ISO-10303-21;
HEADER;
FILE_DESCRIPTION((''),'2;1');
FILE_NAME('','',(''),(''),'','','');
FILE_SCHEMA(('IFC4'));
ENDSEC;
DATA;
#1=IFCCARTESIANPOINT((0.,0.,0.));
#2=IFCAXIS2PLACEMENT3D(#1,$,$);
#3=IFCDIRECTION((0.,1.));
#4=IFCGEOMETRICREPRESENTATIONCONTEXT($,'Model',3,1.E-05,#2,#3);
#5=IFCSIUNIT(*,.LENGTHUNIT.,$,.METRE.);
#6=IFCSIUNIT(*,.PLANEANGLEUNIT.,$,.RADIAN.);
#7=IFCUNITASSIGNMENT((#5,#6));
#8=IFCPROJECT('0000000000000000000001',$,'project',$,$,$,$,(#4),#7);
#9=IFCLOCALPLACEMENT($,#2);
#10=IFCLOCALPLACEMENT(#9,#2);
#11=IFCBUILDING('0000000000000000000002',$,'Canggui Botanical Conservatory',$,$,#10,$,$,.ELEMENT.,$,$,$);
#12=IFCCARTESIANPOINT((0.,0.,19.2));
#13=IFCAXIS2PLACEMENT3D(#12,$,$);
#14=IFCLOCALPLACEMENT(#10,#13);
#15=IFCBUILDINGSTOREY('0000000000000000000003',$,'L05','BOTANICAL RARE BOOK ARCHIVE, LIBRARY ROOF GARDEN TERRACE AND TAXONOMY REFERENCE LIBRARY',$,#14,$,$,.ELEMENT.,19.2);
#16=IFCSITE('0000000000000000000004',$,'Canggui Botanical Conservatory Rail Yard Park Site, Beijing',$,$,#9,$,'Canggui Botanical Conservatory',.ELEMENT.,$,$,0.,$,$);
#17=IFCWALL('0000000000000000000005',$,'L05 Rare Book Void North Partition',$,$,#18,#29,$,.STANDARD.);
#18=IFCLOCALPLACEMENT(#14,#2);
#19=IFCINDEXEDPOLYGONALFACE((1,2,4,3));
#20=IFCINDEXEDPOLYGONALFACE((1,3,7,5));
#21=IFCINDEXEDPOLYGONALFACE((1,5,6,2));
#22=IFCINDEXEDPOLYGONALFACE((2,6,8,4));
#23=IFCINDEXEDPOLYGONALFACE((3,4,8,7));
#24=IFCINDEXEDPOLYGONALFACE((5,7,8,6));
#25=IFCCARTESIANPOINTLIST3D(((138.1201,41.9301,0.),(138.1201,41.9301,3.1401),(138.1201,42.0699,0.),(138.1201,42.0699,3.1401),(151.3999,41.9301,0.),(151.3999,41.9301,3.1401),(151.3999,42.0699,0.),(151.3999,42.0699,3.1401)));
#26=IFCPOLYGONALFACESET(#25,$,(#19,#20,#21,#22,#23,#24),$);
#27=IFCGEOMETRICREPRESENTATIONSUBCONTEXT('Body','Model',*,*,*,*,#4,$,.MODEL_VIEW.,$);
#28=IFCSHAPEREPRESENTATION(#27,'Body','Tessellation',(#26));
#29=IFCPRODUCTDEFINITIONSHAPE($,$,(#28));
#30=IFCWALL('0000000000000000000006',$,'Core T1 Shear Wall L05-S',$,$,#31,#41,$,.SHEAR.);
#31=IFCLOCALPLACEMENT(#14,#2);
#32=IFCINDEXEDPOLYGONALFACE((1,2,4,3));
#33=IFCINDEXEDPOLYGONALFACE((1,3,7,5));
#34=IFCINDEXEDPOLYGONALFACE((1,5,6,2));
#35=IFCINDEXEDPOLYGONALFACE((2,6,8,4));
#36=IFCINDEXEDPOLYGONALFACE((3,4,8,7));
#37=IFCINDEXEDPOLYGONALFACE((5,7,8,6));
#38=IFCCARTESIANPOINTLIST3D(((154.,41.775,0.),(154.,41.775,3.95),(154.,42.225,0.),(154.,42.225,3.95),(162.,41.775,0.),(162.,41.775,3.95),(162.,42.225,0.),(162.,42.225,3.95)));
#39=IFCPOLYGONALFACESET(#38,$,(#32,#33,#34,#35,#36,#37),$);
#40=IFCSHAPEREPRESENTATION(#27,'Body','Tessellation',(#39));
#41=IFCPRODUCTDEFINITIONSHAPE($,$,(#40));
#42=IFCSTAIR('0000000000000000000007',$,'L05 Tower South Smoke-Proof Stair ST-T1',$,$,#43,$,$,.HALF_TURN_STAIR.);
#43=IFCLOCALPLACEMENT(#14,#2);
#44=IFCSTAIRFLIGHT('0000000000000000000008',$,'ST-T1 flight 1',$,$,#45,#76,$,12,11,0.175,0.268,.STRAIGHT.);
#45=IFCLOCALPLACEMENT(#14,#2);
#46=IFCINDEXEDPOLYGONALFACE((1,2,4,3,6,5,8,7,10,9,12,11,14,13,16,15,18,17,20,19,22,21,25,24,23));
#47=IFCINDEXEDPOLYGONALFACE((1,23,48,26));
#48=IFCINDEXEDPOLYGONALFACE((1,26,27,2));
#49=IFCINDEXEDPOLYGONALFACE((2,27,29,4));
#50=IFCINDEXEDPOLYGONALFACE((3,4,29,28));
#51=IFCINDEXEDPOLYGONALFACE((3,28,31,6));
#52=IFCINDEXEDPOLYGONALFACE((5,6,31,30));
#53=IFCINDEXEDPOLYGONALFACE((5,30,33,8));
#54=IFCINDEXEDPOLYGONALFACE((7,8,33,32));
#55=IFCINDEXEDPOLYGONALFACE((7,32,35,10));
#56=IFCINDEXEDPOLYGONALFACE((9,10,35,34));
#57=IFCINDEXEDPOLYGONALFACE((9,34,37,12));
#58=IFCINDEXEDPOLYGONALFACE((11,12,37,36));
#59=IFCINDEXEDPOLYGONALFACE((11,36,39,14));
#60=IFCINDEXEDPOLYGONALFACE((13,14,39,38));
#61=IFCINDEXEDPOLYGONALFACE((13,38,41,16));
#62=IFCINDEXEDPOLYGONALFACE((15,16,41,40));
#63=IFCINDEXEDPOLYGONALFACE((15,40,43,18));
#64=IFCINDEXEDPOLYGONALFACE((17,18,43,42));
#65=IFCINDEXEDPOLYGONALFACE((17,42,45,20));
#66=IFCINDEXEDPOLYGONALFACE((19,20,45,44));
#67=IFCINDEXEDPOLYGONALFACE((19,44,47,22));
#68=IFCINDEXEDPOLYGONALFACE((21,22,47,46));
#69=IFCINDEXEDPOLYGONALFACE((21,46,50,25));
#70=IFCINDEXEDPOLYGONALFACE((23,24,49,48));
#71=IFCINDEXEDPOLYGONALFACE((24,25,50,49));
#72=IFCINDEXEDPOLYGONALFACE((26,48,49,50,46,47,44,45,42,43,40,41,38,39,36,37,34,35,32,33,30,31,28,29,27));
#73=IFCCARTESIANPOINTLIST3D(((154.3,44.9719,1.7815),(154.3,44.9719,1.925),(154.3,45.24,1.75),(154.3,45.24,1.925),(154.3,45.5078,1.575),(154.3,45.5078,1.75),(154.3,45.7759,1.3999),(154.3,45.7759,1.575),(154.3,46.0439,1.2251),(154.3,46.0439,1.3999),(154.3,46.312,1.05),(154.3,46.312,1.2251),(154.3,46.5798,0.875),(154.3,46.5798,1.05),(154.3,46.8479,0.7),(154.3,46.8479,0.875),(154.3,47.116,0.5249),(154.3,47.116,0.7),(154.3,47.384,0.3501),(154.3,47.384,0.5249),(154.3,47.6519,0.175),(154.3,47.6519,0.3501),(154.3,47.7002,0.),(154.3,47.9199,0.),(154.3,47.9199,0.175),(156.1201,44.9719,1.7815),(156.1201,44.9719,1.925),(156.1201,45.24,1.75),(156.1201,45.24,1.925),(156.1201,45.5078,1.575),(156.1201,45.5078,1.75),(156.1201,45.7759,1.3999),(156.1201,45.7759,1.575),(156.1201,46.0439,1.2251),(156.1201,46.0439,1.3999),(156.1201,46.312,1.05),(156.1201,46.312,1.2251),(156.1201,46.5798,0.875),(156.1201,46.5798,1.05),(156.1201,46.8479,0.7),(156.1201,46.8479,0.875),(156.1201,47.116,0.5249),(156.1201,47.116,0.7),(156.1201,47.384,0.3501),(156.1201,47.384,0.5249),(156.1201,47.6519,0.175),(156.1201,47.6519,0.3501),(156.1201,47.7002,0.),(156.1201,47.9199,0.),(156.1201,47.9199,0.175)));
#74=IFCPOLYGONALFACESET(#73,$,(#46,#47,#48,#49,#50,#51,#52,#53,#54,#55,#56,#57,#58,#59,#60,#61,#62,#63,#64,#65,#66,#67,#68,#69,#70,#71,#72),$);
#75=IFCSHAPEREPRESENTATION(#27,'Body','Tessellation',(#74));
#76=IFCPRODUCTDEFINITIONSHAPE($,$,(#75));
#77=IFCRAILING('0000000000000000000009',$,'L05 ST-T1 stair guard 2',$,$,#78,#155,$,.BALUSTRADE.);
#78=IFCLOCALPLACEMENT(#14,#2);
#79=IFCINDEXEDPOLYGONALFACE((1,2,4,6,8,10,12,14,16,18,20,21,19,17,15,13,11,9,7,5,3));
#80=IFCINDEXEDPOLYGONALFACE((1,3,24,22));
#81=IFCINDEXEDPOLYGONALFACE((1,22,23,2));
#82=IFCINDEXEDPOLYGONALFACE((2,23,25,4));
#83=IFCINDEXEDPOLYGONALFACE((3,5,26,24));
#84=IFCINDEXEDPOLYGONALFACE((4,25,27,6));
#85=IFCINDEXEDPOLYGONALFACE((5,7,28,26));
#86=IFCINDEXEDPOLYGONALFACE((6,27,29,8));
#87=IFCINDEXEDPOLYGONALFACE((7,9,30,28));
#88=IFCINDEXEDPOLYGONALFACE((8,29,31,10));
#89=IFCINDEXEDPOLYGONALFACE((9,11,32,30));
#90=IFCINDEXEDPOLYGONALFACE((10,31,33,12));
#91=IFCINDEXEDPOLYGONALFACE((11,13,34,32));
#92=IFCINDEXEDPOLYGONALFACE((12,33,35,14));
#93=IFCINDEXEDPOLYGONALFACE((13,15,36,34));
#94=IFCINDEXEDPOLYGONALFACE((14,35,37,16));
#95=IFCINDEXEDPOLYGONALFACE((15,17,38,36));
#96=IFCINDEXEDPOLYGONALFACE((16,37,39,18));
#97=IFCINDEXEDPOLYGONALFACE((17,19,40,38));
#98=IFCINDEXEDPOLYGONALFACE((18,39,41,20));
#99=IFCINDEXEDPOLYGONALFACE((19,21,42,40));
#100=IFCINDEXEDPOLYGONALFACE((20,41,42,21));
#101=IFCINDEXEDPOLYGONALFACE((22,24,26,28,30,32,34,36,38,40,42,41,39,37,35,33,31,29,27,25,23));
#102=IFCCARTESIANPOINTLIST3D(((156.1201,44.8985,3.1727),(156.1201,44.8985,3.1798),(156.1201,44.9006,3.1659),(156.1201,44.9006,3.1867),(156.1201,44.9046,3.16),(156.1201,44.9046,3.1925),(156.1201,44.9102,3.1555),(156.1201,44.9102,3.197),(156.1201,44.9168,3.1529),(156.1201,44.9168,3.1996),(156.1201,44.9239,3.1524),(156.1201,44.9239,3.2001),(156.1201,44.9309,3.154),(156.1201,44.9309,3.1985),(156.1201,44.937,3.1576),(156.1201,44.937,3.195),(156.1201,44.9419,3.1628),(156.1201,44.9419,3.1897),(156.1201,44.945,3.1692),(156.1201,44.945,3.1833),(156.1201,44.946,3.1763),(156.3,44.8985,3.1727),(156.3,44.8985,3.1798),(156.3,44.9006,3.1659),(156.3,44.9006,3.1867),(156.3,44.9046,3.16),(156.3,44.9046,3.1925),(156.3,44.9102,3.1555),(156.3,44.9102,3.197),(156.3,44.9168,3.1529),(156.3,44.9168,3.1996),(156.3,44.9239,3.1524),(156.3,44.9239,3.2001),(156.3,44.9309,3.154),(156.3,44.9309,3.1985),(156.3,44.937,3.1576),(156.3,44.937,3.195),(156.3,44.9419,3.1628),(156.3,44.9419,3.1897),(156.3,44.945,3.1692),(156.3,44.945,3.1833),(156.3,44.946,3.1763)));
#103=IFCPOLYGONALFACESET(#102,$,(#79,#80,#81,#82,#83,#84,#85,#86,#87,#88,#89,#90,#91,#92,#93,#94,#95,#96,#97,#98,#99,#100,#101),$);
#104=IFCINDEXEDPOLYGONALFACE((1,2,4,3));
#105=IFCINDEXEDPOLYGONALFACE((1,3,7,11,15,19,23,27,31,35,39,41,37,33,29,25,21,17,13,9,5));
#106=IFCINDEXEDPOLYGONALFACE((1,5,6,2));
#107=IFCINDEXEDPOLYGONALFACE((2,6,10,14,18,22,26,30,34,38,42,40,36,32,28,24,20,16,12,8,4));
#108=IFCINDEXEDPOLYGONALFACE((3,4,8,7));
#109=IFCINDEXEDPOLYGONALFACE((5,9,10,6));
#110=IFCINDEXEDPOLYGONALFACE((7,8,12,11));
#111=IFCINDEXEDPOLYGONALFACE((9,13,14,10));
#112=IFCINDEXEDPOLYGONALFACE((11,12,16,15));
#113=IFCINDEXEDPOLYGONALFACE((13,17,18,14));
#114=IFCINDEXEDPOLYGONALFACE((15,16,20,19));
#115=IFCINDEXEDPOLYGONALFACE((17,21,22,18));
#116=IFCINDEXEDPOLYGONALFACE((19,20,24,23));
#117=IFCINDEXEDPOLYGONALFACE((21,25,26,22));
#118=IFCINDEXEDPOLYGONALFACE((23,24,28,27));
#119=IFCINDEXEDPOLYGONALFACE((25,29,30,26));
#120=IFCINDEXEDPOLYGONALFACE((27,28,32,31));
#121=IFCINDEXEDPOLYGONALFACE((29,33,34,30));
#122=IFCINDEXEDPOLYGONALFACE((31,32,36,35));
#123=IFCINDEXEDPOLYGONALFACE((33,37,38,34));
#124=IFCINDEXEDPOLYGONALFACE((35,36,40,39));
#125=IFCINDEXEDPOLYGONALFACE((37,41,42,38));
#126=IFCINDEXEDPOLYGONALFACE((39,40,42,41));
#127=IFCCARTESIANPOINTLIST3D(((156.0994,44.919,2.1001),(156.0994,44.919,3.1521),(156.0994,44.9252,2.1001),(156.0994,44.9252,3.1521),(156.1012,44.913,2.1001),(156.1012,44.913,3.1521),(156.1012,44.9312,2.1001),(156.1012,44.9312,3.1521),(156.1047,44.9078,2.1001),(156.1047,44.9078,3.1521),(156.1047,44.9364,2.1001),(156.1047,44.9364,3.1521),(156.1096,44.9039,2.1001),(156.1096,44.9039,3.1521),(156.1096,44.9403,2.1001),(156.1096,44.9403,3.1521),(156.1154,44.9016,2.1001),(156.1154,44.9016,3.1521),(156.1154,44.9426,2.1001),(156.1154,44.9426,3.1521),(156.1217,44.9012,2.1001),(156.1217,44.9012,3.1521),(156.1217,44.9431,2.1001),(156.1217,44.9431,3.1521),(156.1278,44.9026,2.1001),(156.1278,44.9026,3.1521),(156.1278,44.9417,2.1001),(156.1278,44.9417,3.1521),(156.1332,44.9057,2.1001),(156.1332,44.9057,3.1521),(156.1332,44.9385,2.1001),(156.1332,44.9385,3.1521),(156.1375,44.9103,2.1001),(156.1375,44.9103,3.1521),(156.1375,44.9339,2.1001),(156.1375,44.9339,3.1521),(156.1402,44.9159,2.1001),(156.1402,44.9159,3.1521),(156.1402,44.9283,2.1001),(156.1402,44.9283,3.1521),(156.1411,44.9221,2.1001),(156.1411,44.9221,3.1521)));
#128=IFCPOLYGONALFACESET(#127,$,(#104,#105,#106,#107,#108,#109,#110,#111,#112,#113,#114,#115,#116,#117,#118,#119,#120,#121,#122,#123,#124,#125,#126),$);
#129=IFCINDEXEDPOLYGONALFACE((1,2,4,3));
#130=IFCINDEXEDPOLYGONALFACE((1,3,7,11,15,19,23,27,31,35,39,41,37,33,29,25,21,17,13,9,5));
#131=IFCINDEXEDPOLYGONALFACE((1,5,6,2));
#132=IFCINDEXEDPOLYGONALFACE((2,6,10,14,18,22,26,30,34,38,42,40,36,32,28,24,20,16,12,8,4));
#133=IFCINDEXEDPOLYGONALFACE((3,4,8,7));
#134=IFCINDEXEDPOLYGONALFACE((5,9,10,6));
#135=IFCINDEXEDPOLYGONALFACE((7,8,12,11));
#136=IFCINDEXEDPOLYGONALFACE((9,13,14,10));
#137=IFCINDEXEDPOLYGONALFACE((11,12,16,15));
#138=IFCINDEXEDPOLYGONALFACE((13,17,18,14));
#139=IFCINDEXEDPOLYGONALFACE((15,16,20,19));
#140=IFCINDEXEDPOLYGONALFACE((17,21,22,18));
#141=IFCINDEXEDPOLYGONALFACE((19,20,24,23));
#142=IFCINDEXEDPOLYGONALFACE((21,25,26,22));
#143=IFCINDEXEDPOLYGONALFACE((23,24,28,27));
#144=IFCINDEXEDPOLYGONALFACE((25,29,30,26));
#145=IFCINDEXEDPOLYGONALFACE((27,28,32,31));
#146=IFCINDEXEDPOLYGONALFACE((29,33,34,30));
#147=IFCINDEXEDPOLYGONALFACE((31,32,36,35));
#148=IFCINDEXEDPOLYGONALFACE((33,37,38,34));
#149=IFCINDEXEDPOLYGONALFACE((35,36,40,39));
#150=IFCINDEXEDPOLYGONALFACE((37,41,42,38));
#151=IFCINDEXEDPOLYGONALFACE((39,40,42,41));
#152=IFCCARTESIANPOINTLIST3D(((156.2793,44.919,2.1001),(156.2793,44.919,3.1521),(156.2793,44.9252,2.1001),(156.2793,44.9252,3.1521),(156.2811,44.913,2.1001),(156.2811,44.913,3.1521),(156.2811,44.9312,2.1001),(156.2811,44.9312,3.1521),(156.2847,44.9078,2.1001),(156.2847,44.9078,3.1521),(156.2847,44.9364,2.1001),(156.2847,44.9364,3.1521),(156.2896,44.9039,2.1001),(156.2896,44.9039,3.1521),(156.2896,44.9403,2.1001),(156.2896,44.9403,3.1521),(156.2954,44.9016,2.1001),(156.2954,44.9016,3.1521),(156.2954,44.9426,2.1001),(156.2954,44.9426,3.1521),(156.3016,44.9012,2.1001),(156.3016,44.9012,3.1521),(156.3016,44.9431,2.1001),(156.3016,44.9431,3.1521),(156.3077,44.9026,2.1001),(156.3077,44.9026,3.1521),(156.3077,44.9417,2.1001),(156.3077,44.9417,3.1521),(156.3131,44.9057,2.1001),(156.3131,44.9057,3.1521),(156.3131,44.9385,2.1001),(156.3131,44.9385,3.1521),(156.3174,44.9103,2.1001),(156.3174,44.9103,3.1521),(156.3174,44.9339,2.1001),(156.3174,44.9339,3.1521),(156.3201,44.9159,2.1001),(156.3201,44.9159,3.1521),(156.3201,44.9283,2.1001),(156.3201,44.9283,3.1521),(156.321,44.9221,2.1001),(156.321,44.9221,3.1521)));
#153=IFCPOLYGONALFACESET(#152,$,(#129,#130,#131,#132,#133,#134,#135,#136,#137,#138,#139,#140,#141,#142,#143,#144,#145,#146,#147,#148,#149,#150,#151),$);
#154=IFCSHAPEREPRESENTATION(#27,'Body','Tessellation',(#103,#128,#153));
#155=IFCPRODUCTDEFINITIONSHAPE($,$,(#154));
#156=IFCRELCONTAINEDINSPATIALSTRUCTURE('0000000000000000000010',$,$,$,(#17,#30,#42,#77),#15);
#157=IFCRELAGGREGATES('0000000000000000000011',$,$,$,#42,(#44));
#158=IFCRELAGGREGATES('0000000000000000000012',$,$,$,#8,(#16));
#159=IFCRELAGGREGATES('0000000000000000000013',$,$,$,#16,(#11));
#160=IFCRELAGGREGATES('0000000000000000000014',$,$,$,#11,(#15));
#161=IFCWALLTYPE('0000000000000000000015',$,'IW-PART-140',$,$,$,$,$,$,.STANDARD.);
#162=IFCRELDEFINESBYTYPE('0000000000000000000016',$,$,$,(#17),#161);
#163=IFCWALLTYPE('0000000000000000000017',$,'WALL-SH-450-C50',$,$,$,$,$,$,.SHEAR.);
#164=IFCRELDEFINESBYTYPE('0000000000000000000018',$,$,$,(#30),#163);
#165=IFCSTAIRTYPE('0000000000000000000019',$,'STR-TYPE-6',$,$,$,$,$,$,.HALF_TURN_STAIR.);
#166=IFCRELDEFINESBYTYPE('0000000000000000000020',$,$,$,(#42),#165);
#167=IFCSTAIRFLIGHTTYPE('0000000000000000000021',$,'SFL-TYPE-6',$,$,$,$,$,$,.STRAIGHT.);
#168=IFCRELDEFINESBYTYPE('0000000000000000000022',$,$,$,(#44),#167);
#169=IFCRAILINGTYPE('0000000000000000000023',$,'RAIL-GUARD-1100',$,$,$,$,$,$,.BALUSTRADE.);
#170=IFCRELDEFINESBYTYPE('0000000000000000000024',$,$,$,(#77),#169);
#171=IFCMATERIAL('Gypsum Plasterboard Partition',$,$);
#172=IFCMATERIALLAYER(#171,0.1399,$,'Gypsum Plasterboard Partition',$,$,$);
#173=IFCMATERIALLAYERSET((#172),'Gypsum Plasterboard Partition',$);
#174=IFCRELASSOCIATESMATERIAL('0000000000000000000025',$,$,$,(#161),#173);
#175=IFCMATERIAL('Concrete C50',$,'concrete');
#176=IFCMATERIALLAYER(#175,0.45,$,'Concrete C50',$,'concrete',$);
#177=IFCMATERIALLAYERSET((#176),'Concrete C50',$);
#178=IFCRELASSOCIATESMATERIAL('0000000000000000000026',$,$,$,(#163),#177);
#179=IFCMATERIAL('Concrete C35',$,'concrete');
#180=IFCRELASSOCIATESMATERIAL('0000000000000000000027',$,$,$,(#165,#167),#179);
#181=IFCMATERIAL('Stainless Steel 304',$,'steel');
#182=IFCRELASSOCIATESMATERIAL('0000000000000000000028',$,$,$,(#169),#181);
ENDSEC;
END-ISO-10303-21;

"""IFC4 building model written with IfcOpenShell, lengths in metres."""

from ifc_helpers import new_model, si_unit, direction, frame, frame_2d, origin, origin_2d, place, context, subcontext, project, spatial, polyline, rectangle, circle, outline, extrude, material, layer, layer_set, type_object, element, aggregate, save


model = new_model("IFC4")

# Units and contexts
model_context = context("Model", 3, precision=1e-05, world=origin(), true_north=direction((0.0, 1.0)))
body_context = subcontext(model_context, "Body", "Model", "MODEL_VIEW")
ifc_project = project(units=[si_unit("LENGTHUNIT", "METRE"), si_unit("PLANEANGLEUNIT", "RADIAN")], contexts=[model_context])

# Site, building, storey
site_placement = place(None, origin())
site = spatial("IfcSite", under=ifc_project, at=site_placement, Name="Canggui Botanical Conservatory Rail Yard Park Site, Beijing", LongName="Canggui Botanical Conservatory", CompositionType="ELEMENT", RefElevation=0.0)
building_placement = place(site_placement, origin())
building = spatial("IfcBuilding", under=site, at=building_placement, Name="Canggui Botanical Conservatory", CompositionType="ELEMENT")
storey_placement = place(building_placement, frame((0.0, 0.0, 19.2)))
storey = spatial("IfcBuildingStorey", under=building, at=storey_placement, Name="L05", Description="BOTANICAL RARE BOOK ARCHIVE, LIBRARY ROOF GARDEN TERRACE AND TAXONOMY REFERENCE LIBRARY", CompositionType="ELEMENT", Elevation=19.2)

# Shared definitions
ifc_material_1 = material(Name="Concrete C35", Category="concrete")

# Shared definitions
ifc_material_2 = material(Name="Gypsum Plasterboard Partition")

# Walls
ifc_layer_1 = layer(ifc_material_2, 0.1399, Name="Gypsum Plasterboard Partition")
ifc_layer_set_1 = layer_set([ifc_layer_1], Name="Gypsum Plasterboard Partition")
wall_type_1 = type_object("IfcWallType", Name="IW-PART-140", PredefinedType="STANDARD", material=ifc_layer_set_1)
wall_1_placement = place(storey_placement, frame((138.1201, 42.0, 0.0), z_axis=(0.0, 0.0, 1.0), x_axis=(1.0, 0.0, 0.0)))
element("IfcWall", 1, at=wall_1_placement, inside=storey, type_object=wall_type_1, Name="L05 Rare Book Void North Partition", PredefinedType="STANDARD", context=body_context, shape_type="SweptSolid", body=[
    extrude(rectangle(XDim=13.2798, YDim=0.1399, at=frame_2d((6.6399, 0.0))), origin(), (0.0, 0.0, 1.0), 3.1401),
])
ifc_material_3 = material(Name="Concrete C50", Category="concrete")
ifc_layer_2 = layer(ifc_material_3, 0.45, Name="Concrete C50", Category="concrete")
ifc_layer_set_2 = layer_set([ifc_layer_2], Name="Concrete C50")
wall_type_2 = type_object("IfcWallType", Name="WALL-SH-450-C50", PredefinedType="SHEAR", material=ifc_layer_set_2)
wall_2_placement = place(storey_placement, frame((154.0, 42.0, 0.0), z_axis=(0.0, 0.0, 1.0), x_axis=(1.0, 0.0, 0.0)))
element("IfcWall", 2, at=wall_2_placement, inside=storey, type_object=wall_type_2, Name="Core T1 Shear Wall L05-S", PredefinedType="SHEAR", context=body_context, shape_type="SweptSolid", body=[
    extrude(rectangle(XDim=8.0, YDim=0.45, at=frame_2d((4.0, 0.0))), origin(), (0.0, 0.0, 1.0), 3.95),
])

# Stair, stair flight
stair_type = type_object("IfcStairType", Name="STR-TYPE-6", PredefinedType="HALF_TURN_STAIR", material=ifc_material_1)
stair_placement = place(storey_placement, origin())
stair = element("IfcStair", 3, at=stair_placement, inside=storey, type_object=stair_type, Name="L05 Tower South Smoke-Proof Stair ST-T1", PredefinedType="HALF_TURN_STAIR")
stair_flight_type = type_object("IfcStairFlightType", Name="SFL-TYPE-6", PredefinedType="STRAIGHT", material=ifc_material_1)
stair_flight_placement = place(storey_placement, frame((155.21, 47.9199, 0.0), z_axis=(0.0, 0.0, 1.0), x_axis=(0.0, -1.0, 0.0)))
stair_flight = element("IfcStairFlight", 4, at=stair_flight_placement, type_object=stair_flight_type, Name="ST-T1 flight 1", NumberOfRisers=12, NumberOfTreads=11, PredefinedType="STRAIGHT", RiserHeight=0.175, TreadLength=0.268, context=body_context, shape_type="SweptSolid", body=[
    extrude(outline(polyline([(0.0, 0.0), (0.0, 0.175), (0.2681, 0.175), (0.2681, 0.3501), (0.5359, 0.3501), (0.5359, 0.5249), (0.804, 0.5249), (0.804, 0.7), (1.072, 0.7), (1.072, 0.875), (1.3401, 0.875), (1.3401, 1.05), (1.6079, 1.05), (1.6079, 1.2251), (1.876, 1.2251), (1.876, 1.3999), (2.144, 1.3999), (2.144, 1.575), (2.4121, 1.575), (2.4121, 1.75), (2.6799, 1.75), (2.6799, 1.925), (2.948, 1.925), (2.948, 2.1001), (2.948, 1.7815), (0.2197, 0.0), (0.0, 0.0)])), frame((0.0, 0.9102, 0.0), z_axis=(0.0, -1.0, 0.0), x_axis=(1.0, 0.0, 0.0)), (0.0, 0.0, 1.0), 1.8201),
])
aggregate(stair, [stair_flight])

# Railing
ifc_material_4 = material(Name="Stainless Steel 304", Category="steel")
railing_type_1 = type_object("IfcRailingType", Name="RAIL-GUARD-1100", PredefinedType="BALUSTRADE", material=ifc_material_4)
railing_1_placement = place(storey_placement, frame((156.1201, 44.9221, 2.1001)))
element("IfcRailing", 5, at=railing_1_placement, inside=storey, type_object=railing_type_1, Name="L05 ST-T1 stair guard 2", PredefinedType="BALUSTRADE", context=body_context, shape_type="SweptSolid", body=[
    extrude(circle(Radius=0.0239, at=origin_2d()), frame((0.0, 0.0, 1.0762), z_axis=(1.0, 0.0, 0.0), x_axis=(0.0, 1.0, 0.0)), (0.0, 0.0, 1.0), 0.1799),
    extrude(circle(Radius=0.021, at=origin_2d()), origin(), (0.0, 0.0, 1.0), 1.052),
    extrude(circle(Radius=0.021, at=origin_2d()), frame((0.1799, 0.0, 0.0)), (0.0, 0.0, 1.0), 1.052),
])

save(model, "model.ifc")
